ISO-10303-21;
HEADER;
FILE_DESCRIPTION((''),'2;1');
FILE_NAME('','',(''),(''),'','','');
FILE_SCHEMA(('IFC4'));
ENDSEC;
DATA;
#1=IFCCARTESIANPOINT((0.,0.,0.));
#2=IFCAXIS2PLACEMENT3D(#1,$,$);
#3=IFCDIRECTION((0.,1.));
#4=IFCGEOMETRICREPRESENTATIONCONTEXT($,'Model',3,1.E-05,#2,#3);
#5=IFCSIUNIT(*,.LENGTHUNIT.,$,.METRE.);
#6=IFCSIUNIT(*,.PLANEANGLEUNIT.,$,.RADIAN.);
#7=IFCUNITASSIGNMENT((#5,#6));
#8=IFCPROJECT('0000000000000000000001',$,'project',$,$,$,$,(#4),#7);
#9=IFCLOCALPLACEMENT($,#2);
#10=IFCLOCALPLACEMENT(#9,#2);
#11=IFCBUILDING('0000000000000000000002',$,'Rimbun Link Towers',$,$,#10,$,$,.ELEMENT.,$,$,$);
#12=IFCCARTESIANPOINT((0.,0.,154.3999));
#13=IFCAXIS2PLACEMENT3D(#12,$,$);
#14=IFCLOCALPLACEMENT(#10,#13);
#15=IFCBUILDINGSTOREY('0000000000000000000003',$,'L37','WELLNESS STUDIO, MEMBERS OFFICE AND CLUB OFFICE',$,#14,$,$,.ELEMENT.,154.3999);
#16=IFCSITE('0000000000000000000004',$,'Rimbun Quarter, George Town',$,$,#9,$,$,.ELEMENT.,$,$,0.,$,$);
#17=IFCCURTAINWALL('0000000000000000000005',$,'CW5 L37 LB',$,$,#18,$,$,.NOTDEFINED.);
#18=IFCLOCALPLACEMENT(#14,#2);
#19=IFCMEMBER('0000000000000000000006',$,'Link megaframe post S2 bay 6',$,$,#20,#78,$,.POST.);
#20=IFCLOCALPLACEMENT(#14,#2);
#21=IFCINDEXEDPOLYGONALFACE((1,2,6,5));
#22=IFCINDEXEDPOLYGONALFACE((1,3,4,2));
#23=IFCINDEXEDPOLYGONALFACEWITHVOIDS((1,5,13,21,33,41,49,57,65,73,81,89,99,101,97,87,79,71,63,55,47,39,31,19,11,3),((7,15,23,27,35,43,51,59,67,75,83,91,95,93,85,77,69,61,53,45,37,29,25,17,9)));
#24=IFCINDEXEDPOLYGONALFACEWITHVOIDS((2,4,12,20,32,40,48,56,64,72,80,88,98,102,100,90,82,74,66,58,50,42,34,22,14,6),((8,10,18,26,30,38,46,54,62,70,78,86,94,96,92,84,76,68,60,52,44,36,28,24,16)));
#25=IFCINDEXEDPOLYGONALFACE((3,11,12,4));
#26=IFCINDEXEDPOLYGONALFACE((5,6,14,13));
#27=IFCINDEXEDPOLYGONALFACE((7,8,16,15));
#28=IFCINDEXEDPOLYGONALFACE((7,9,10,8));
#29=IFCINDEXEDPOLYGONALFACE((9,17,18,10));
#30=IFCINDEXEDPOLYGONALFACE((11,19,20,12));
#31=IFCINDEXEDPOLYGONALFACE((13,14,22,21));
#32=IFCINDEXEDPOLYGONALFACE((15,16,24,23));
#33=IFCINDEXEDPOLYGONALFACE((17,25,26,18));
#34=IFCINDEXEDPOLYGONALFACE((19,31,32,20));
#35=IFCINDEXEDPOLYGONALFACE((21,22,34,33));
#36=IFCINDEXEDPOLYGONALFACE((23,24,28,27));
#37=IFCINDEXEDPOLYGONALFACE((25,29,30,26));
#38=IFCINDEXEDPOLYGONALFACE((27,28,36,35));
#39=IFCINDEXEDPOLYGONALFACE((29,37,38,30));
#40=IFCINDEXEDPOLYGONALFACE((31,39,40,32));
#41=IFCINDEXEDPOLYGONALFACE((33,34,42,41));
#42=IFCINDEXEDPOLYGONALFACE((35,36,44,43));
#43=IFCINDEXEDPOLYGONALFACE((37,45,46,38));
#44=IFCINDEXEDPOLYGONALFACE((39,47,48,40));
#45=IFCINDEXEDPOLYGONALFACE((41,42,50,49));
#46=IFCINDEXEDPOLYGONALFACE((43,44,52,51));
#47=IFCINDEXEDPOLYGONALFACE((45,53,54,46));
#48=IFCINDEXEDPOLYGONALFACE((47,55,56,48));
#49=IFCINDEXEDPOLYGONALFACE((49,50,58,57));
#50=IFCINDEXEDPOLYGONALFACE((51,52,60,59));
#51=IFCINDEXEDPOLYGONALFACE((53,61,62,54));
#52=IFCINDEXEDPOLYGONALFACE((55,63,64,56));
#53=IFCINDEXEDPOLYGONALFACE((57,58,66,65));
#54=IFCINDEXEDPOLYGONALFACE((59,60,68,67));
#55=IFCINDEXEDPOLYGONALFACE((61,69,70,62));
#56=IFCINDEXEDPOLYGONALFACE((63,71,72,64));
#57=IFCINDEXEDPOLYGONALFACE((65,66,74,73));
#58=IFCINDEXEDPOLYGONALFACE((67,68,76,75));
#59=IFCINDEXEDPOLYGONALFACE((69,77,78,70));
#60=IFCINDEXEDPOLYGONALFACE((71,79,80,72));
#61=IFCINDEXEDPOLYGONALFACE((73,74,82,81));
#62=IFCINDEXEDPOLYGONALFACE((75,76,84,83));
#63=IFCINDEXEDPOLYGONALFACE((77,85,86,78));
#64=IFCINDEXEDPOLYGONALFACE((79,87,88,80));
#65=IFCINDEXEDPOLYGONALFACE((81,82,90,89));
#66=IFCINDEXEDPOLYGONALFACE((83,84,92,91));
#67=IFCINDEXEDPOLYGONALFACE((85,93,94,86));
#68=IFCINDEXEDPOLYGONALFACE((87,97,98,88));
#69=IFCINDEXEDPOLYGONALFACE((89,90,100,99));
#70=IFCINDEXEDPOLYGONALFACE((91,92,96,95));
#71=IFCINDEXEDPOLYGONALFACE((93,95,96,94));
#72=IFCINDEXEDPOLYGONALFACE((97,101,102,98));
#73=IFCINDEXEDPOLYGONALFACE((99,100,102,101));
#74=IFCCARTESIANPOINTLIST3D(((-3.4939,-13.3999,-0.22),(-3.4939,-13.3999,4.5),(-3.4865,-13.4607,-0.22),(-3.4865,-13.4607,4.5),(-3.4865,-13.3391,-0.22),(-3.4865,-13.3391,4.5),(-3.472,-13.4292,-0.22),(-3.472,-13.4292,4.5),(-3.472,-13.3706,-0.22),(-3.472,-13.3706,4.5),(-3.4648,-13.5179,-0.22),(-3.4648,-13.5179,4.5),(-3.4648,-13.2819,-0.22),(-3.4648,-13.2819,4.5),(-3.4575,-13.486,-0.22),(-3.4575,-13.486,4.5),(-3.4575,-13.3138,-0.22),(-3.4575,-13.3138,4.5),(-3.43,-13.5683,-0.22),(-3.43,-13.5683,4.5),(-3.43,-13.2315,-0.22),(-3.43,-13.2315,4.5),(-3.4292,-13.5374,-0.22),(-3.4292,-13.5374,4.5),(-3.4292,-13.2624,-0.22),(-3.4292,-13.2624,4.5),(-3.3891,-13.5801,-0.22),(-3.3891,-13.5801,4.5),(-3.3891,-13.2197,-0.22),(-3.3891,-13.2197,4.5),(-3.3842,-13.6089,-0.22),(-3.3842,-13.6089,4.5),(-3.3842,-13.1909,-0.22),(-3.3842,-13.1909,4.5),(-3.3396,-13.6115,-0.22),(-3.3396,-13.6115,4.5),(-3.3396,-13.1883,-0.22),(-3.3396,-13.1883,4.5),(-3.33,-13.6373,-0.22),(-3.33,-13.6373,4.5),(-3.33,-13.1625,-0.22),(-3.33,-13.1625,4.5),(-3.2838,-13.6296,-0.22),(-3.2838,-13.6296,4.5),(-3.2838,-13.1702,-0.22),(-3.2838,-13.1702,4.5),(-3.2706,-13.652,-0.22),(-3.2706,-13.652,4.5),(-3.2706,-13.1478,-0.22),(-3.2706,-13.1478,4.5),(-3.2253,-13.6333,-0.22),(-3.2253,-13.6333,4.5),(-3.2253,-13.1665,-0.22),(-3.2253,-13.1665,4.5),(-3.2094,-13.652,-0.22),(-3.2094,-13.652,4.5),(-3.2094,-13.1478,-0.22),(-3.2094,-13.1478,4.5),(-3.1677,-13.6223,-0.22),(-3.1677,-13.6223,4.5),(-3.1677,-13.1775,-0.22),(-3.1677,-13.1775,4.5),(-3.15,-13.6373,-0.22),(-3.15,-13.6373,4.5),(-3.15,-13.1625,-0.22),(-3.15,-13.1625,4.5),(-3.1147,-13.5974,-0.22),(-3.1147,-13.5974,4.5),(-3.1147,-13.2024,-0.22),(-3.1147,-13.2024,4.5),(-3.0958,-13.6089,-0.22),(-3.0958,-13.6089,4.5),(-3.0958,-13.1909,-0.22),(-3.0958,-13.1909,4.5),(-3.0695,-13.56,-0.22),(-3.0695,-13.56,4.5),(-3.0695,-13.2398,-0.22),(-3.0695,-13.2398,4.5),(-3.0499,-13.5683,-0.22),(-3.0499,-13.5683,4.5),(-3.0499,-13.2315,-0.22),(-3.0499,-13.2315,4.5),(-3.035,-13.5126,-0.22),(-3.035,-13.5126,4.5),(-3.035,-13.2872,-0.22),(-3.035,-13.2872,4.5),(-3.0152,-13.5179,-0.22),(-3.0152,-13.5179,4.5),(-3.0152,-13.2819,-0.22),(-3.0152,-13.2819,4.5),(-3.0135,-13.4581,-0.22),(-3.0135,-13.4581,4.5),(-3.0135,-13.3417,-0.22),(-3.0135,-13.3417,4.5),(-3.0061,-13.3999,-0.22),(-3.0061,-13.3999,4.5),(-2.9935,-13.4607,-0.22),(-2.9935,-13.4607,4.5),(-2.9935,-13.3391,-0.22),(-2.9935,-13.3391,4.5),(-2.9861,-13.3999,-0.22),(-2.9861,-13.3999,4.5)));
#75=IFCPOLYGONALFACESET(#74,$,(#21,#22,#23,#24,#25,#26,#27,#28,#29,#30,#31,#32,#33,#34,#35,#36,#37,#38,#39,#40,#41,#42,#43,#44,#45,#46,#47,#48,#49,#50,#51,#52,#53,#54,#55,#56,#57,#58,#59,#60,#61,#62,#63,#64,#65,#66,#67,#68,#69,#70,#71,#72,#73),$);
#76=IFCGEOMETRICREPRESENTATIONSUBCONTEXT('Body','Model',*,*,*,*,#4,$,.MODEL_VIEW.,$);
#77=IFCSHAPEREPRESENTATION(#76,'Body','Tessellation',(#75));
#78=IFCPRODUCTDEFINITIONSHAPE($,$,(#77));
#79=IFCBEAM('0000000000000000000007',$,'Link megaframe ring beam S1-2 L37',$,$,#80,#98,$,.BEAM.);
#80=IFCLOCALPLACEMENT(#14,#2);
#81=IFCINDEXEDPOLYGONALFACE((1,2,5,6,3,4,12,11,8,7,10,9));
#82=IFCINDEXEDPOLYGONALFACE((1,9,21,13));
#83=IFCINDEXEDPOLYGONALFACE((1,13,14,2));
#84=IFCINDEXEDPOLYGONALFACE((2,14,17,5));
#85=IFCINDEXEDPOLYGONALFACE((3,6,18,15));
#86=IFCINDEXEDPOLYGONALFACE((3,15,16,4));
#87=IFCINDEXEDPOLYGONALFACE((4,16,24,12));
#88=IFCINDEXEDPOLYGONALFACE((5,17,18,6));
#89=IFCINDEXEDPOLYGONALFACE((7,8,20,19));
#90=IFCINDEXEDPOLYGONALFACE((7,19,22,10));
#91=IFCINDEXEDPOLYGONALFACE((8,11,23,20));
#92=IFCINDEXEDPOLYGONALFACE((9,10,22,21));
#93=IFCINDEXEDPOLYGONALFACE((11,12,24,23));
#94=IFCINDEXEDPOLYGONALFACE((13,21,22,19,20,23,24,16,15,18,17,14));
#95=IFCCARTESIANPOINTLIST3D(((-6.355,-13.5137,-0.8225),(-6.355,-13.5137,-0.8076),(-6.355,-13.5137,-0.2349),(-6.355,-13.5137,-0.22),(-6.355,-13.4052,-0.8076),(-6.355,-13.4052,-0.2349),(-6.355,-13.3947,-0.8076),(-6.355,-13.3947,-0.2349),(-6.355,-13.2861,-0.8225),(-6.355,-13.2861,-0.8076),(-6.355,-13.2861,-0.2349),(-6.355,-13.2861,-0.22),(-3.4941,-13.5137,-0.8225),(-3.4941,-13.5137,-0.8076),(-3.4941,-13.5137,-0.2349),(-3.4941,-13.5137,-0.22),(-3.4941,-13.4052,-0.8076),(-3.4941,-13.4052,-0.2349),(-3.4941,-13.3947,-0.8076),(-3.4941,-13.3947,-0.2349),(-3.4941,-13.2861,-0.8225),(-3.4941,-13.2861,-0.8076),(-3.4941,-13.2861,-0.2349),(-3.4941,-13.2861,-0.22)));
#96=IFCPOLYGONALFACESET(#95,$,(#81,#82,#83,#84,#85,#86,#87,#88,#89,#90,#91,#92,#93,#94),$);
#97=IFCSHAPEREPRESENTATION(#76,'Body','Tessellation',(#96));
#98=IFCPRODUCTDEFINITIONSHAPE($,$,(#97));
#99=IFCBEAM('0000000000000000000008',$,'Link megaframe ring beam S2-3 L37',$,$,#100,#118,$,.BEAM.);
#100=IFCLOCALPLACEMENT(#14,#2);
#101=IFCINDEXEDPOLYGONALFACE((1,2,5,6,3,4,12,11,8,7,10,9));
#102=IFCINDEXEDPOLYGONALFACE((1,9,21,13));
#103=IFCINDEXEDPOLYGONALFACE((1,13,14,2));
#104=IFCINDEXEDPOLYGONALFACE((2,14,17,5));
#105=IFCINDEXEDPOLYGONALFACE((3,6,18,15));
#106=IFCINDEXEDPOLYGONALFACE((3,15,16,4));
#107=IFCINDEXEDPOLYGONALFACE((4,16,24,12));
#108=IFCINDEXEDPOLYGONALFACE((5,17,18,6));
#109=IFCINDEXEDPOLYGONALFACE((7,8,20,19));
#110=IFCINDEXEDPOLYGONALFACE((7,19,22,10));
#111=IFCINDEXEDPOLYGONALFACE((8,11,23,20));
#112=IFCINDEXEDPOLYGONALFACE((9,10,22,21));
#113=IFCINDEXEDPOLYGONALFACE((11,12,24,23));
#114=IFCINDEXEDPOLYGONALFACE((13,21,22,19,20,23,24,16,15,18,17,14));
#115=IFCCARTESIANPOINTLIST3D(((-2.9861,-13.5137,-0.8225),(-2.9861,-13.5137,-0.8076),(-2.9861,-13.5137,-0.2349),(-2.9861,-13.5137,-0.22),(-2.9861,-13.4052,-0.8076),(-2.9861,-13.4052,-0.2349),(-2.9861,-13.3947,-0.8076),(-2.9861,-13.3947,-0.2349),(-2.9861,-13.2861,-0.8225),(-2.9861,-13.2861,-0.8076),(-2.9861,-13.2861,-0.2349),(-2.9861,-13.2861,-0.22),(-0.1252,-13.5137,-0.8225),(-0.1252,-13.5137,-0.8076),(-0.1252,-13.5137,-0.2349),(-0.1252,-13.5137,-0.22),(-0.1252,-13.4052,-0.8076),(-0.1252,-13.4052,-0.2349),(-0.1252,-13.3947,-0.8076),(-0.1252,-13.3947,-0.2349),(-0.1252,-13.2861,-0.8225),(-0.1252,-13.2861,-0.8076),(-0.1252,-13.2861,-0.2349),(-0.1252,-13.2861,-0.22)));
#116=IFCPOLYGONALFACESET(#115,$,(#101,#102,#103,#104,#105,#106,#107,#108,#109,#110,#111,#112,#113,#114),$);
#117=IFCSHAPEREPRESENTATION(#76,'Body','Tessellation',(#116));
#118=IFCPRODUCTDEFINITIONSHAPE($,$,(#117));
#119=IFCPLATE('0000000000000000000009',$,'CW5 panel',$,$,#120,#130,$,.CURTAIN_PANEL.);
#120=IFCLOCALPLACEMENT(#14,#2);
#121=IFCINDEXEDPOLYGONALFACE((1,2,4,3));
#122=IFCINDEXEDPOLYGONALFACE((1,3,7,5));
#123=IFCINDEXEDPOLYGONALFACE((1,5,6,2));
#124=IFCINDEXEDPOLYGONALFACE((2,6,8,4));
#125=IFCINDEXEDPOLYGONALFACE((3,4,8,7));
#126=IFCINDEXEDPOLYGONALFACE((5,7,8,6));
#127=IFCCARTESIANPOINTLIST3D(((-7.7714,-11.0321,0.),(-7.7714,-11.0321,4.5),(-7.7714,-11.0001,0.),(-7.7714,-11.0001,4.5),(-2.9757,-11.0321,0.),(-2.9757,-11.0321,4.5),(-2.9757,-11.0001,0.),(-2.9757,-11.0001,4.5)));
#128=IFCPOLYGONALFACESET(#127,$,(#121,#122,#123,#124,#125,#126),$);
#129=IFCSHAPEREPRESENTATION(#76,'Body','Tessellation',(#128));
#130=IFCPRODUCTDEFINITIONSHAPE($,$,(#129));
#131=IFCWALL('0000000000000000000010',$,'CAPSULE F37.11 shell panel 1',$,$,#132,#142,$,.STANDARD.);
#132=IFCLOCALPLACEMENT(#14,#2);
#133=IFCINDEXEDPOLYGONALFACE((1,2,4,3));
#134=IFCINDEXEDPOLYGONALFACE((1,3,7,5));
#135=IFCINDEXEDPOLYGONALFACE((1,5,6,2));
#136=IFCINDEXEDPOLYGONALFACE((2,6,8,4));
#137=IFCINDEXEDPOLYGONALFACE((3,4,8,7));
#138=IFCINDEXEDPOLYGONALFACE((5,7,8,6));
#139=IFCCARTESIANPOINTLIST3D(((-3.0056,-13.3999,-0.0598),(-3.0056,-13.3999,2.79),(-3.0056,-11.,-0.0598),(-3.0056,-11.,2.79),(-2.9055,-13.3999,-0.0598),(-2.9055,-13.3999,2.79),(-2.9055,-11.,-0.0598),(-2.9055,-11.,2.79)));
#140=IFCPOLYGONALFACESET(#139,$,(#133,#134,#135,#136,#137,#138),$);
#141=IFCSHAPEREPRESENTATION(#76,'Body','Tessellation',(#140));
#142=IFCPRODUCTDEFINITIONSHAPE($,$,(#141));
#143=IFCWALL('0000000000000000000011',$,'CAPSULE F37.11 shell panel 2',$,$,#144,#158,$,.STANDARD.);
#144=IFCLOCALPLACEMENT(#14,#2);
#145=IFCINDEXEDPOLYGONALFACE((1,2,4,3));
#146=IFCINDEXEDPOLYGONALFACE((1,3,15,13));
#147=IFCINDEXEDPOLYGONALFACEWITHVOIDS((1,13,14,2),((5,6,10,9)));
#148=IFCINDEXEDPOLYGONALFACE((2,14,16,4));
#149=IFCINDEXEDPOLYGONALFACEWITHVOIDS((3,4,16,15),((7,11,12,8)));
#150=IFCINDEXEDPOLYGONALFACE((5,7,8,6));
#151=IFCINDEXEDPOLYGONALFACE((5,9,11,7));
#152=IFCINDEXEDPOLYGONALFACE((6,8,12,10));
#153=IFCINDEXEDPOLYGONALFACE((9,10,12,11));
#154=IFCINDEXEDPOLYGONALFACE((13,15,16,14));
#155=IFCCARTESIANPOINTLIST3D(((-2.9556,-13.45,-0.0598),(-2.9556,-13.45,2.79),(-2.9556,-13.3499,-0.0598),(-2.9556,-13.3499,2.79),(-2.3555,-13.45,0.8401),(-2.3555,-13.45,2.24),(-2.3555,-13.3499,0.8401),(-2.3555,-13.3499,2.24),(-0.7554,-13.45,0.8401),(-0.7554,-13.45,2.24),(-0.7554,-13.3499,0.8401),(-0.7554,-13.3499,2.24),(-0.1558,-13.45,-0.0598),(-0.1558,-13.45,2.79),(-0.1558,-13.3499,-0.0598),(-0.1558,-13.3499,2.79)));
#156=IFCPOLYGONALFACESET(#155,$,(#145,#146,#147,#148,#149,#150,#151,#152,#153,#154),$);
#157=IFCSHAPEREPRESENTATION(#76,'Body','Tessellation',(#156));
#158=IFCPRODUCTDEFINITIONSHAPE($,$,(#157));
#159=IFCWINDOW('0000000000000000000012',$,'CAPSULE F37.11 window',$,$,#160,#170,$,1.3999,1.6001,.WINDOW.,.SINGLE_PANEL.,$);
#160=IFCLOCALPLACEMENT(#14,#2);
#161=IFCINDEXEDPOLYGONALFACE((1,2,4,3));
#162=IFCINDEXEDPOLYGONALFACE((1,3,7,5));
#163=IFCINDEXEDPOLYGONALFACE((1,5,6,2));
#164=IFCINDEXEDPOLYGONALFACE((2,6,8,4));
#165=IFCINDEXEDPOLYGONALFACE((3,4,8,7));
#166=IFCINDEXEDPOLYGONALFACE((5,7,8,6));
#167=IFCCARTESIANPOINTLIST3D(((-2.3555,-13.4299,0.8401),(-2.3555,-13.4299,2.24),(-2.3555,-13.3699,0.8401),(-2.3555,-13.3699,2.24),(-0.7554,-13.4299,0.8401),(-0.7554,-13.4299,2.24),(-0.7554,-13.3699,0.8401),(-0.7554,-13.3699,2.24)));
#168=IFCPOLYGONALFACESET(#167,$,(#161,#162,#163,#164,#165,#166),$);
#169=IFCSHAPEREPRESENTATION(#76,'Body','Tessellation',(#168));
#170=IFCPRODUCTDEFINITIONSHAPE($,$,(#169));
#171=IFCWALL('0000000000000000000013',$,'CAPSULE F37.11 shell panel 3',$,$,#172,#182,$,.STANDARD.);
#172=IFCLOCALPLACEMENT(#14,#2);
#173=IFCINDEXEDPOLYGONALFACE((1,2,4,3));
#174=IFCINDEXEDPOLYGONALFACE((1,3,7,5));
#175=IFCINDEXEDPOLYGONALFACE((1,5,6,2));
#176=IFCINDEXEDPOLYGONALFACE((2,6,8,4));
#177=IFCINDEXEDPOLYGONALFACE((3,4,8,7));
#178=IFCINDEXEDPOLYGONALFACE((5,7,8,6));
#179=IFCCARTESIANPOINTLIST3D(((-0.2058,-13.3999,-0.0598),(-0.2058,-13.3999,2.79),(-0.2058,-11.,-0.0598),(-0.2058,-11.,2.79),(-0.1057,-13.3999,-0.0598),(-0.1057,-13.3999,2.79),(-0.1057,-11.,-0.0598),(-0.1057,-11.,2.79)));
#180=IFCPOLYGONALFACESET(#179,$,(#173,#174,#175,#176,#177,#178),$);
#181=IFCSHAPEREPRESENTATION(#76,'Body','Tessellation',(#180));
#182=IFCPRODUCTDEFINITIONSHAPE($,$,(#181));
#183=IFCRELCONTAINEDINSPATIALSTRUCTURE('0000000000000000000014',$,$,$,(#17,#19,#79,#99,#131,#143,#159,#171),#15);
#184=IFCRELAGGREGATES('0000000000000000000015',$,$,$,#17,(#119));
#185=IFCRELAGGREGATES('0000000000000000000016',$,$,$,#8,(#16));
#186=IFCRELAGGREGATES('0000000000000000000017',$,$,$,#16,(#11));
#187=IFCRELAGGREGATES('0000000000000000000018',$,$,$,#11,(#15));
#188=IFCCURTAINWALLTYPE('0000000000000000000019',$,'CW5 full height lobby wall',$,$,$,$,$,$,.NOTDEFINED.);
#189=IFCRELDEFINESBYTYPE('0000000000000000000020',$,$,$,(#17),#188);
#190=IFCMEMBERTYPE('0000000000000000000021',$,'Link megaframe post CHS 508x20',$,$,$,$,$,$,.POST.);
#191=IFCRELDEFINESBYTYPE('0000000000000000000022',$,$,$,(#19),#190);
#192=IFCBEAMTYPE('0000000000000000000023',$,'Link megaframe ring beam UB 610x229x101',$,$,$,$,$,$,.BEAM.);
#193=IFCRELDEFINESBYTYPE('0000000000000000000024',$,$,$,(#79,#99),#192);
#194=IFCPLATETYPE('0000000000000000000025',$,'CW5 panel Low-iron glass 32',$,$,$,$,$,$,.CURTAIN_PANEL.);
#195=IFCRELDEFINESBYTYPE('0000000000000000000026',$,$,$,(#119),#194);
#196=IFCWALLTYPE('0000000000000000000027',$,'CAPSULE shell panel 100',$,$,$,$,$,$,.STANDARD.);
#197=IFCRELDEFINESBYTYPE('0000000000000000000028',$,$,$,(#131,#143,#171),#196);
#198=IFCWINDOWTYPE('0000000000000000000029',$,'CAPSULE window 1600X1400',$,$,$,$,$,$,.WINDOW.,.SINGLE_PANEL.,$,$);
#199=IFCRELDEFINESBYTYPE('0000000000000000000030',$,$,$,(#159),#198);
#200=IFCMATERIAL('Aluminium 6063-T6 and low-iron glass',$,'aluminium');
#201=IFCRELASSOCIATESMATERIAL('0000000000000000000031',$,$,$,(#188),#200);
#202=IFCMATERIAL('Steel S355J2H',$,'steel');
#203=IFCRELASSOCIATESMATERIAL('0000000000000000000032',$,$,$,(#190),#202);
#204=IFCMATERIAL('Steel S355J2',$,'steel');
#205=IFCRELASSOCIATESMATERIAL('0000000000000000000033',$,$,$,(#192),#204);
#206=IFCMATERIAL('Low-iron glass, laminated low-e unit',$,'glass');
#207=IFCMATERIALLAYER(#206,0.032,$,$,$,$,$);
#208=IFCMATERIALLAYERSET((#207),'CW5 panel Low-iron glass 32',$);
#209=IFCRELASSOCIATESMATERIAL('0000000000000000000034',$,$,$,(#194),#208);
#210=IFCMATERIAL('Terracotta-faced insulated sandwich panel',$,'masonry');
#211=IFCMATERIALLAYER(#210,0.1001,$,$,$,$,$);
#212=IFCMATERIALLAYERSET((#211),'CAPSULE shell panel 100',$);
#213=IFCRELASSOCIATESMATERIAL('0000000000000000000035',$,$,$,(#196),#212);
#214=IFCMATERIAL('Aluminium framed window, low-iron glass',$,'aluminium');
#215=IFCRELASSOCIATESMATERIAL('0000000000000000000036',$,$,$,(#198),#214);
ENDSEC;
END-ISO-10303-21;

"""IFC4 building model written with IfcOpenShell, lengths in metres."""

from ifc_helpers import new_model, si_unit, direction, frame, frame_2d, origin, origin_2d, place, context, subcontext, project, spatial, rectangle, hollow_circle, i_section, extrude, material, layer, layer_set, material_profile, profile_set, type_object, element, fill, aggregate, save


model = new_model("IFC4")

# Units and contexts
model_context = context("Model", 3, precision=1e-05, world=origin(), true_north=direction((0.0, 1.0)))
body_context = subcontext(model_context, "Body", "Model", "MODEL_VIEW")
ifc_project = project(units=[si_unit("LENGTHUNIT", "METRE"), si_unit("PLANEANGLEUNIT", "RADIAN")], contexts=[model_context])

# Site, building, storey
site_placement = place(None, origin())
site = spatial("IfcSite", under=ifc_project, at=site_placement, Name="Rimbun Quarter, George Town", CompositionType="ELEMENT", RefElevation=0.0)
building_placement = place(site_placement, origin())
building = spatial("IfcBuilding", under=site, at=building_placement, Name="Rimbun Link Towers", CompositionType="ELEMENT")
storey_placement = place(building_placement, frame((0.0, 0.0, 154.3999)))
storey = spatial("IfcBuildingStorey", under=building, at=storey_placement, Name="L37", Description="WELLNESS STUDIO, MEMBERS OFFICE AND CLUB OFFICE", CompositionType="ELEMENT", Elevation=154.3999)

# Curtain wall
ifc_material_1 = material(Name="Aluminium 6063-T6 and low-iron glass", Category="aluminium")
curtain_wall_type = type_object("IfcCurtainWallType", Name="CW5 full height lobby wall", PredefinedType="NOTDEFINED", material=ifc_material_1)
curtain_wall_placement = place(storey_placement, origin())
curtain_wall = element("IfcCurtainWall", 1, at=curtain_wall_placement, inside=storey, type_object=curtain_wall_type, Name="CW5 L37 LB", PredefinedType="NOTDEFINED")

# Member
ifc_material_2 = material(Name="Steel S355J2H", Category="steel")
ifc_material_profile_1 = material_profile(ifc_material_2, hollow_circle(Radius=0.2539, WallThickness=0.02, at=origin_2d()), Name="CHS 508x20")
ifc_profile_set_1 = profile_set([ifc_material_profile_1], Name="Steel S355J2H")
member_type_1 = type_object("IfcMemberType", Name="Link megaframe post CHS 508x20", PredefinedType="POST", material=ifc_profile_set_1)
for number, where, z_axis, x_axis, name in (
    (2, (-3.24, -13.3999, -0.22), (0.0, 0.0, 1.0), (1.0, 0.0, 0.0), "Link megaframe post S2 bay 6"),
):
    element("IfcMember", number, at=place(storey_placement, frame(where, z_axis=z_axis, x_axis=x_axis)), inside=storey, type_object=member_type_1, Name=name, PredefinedType="POST", context=body_context, shape_type="SweptSolid", body=[
        extrude(hollow_circle(Radius=0.2539, WallThickness=0.02, at=origin_2d()), origin(), (0.0, 0.0, 1.0), 4.72),
    ])

# Beams
ifc_material_3 = material(Name="Steel S355J2", Category="steel")
ifc_material_profile_2 = material_profile(ifc_material_3, i_section(OverallWidth=0.2275, OverallDepth=0.6025, WebThickness=0.0105, FlangeThickness=0.0149, at=origin_2d()), Name="UB 610x229x101")
ifc_profile_set_2 = profile_set([ifc_material_profile_2], Name="Steel S355J2")
beam_type_1 = type_object("IfcBeamType", Name="Link megaframe ring beam UB 610x229x101", PredefinedType="BEAM", material=ifc_profile_set_2)
for number, where, z_axis, x_axis, name in (
    (3, (-6.355, -13.3999, -0.5212), (1.0, 0.0, 0.0), (0.0, 1.0, 0.0), "Link megaframe ring beam S1-2 L37"),
    (4, (-2.9861, -13.3999, -0.5212), (1.0, 0.0, 0.0), (0.0, 1.0, 0.0), "Link megaframe ring beam S2-3 L37"),
):
    element("IfcBeam", number, at=place(storey_placement, frame(where, z_axis=z_axis, x_axis=x_axis)), inside=storey, type_object=beam_type_1, Name=name, PredefinedType="BEAM", context=body_context, shape_type="SweptSolid", body=[
        extrude(i_section(OverallWidth=0.2275, OverallDepth=0.6025, WebThickness=0.0105, FlangeThickness=0.0149, at=origin_2d()), origin(), (0.0, 0.0, 1.0), 2.8608),
    ])

# Plate
ifc_material_4 = material(Name="Low-iron glass, laminated low-e unit", Category="glass")
ifc_layer_1 = layer(ifc_material_4, 0.032)
ifc_layer_set_1 = layer_set([ifc_layer_1], Name="CW5 panel Low-iron glass 32")
plate_type = type_object("IfcPlateType", Name="CW5 panel Low-iron glass 32", PredefinedType="CURTAIN_PANEL", material=ifc_layer_set_1)
plate_placement = place(storey_placement, frame((-5.3735, -11.0161, 0.0), z_axis=(0.0, 0.0, 1.0), x_axis=(-1.0, 0.0, 0.0)))
plate = element("IfcPlate", 5, at=plate_placement, type_object=plate_type, Name="CW5 panel", PredefinedType="CURTAIN_PANEL", context=body_context, shape_type="SweptSolid", body=[
    extrude(rectangle(XDim=4.7957, YDim=0.032, at=origin_2d()), origin(), (0.0, 0.0, 1.0), 4.5),
])
aggregate(curtain_wall, [plate])

# Wall
ifc_material_5 = material(Name="Terracotta-faced insulated sandwich panel", Category="masonry")
ifc_layer_2 = layer(ifc_material_5, 0.1001)
ifc_layer_set_2 = layer_set([ifc_layer_2], Name="CAPSULE shell panel 100")
wall_type_1 = type_object("IfcWallType", Name="CAPSULE shell panel 100", PredefinedType="STANDARD", material=ifc_layer_set_2)
wall_1_placement = place(storey_placement, frame((-2.9556, -11.0, -0.0598), z_axis=(0.0, 0.0, 1.0), x_axis=(0.0, -1.0, 0.0)))
element("IfcWall", 6, at=wall_1_placement, inside=storey, type_object=wall_type_1, Name="CAPSULE F37.11 shell panel 1", PredefinedType="STANDARD", context=body_context, shape_type="SweptSolid", body=[
    extrude(rectangle(XDim=2.3999, YDim=0.1001, at=frame_2d((1.2, 0.0))), origin(), (0.0, 0.0, 1.0), 2.8499),
])

# Wall, opening, window
wall_2_placement = place(storey_placement, frame((-2.9556, -13.3999, -0.0598), z_axis=(0.0, 0.0, 1.0), x_axis=(1.0, 0.0, 0.0)))
wall_2 = element("IfcWall", 7, at=wall_2_placement, inside=storey, type_object=wall_type_1, Name="CAPSULE F37.11 shell panel 2", PredefinedType="STANDARD", context=body_context, shape_type="SweptSolid", body=[
    extrude(rectangle(XDim=2.7998, YDim=0.1001, at=frame_2d((1.3999, 0.0))), origin(), (0.0, 0.0, 1.0), 2.8499),
])
opening_1_placement = place(wall_2_placement, frame((0.6001, 0.0, 0.8999)))
opening_1 = element("IfcOpeningElement", 8, at=opening_1_placement, cuts=wall_2, PredefinedType="OPENING", context=body_context, shape_type="SweptSolid", body=[
    extrude(rectangle(XDim=1.6001, YDim=1.3999, at=frame_2d((0.8, 0.7))), frame((0.0, 0.0601, 0.0), z_axis=(0.0, -1.0, 0.0), x_axis=(1.0, 0.0, 0.0)), (0.0, 0.0, 1.0), 0.1201),
])
ifc_material_6 = material(Name="Aluminium framed window, low-iron glass", Category="aluminium")
window_type = type_object("IfcWindowType", Name="CAPSULE window 1600X1400", PartitioningType="SINGLE_PANEL", PredefinedType="WINDOW", material=ifc_material_6)
window_placement = place(opening_1_placement, origin())
window = element("IfcWindow", 9, at=window_placement, inside=storey, type_object=window_type, Name="CAPSULE F37.11 window", OverallHeight=1.3999, OverallWidth=1.6001, PartitioningType="SINGLE_PANEL", PredefinedType="WINDOW", context=body_context, shape_type="SweptSolid", body=[
    extrude(rectangle(XDim=1.6001, YDim=1.3999, at=frame_2d((0.8, 0.7))), frame((0.0, 0.03, 0.0), z_axis=(0.0, -1.0, 0.0), x_axis=(1.0, 0.0, 0.0)), (0.0, 0.0, 1.0), 0.0601),
])
fill(opening_1, window)

# Wall
wall_3_placement = place(storey_placement, frame((-0.1558, -13.3999, -0.0598), z_axis=(0.0, 0.0, 1.0), x_axis=(0.0, 1.0, 0.0)))
element("IfcWall", 10, at=wall_3_placement, inside=storey, type_object=wall_type_1, Name="CAPSULE F37.11 shell panel 3", PredefinedType="STANDARD", context=body_context, shape_type="SweptSolid", body=[
    extrude(rectangle(XDim=2.3999, YDim=0.1001, at=frame_2d((1.2, 0.0))), origin(), (0.0, 0.0, 1.0), 2.8499),
])

save(model, "model.ifc")
